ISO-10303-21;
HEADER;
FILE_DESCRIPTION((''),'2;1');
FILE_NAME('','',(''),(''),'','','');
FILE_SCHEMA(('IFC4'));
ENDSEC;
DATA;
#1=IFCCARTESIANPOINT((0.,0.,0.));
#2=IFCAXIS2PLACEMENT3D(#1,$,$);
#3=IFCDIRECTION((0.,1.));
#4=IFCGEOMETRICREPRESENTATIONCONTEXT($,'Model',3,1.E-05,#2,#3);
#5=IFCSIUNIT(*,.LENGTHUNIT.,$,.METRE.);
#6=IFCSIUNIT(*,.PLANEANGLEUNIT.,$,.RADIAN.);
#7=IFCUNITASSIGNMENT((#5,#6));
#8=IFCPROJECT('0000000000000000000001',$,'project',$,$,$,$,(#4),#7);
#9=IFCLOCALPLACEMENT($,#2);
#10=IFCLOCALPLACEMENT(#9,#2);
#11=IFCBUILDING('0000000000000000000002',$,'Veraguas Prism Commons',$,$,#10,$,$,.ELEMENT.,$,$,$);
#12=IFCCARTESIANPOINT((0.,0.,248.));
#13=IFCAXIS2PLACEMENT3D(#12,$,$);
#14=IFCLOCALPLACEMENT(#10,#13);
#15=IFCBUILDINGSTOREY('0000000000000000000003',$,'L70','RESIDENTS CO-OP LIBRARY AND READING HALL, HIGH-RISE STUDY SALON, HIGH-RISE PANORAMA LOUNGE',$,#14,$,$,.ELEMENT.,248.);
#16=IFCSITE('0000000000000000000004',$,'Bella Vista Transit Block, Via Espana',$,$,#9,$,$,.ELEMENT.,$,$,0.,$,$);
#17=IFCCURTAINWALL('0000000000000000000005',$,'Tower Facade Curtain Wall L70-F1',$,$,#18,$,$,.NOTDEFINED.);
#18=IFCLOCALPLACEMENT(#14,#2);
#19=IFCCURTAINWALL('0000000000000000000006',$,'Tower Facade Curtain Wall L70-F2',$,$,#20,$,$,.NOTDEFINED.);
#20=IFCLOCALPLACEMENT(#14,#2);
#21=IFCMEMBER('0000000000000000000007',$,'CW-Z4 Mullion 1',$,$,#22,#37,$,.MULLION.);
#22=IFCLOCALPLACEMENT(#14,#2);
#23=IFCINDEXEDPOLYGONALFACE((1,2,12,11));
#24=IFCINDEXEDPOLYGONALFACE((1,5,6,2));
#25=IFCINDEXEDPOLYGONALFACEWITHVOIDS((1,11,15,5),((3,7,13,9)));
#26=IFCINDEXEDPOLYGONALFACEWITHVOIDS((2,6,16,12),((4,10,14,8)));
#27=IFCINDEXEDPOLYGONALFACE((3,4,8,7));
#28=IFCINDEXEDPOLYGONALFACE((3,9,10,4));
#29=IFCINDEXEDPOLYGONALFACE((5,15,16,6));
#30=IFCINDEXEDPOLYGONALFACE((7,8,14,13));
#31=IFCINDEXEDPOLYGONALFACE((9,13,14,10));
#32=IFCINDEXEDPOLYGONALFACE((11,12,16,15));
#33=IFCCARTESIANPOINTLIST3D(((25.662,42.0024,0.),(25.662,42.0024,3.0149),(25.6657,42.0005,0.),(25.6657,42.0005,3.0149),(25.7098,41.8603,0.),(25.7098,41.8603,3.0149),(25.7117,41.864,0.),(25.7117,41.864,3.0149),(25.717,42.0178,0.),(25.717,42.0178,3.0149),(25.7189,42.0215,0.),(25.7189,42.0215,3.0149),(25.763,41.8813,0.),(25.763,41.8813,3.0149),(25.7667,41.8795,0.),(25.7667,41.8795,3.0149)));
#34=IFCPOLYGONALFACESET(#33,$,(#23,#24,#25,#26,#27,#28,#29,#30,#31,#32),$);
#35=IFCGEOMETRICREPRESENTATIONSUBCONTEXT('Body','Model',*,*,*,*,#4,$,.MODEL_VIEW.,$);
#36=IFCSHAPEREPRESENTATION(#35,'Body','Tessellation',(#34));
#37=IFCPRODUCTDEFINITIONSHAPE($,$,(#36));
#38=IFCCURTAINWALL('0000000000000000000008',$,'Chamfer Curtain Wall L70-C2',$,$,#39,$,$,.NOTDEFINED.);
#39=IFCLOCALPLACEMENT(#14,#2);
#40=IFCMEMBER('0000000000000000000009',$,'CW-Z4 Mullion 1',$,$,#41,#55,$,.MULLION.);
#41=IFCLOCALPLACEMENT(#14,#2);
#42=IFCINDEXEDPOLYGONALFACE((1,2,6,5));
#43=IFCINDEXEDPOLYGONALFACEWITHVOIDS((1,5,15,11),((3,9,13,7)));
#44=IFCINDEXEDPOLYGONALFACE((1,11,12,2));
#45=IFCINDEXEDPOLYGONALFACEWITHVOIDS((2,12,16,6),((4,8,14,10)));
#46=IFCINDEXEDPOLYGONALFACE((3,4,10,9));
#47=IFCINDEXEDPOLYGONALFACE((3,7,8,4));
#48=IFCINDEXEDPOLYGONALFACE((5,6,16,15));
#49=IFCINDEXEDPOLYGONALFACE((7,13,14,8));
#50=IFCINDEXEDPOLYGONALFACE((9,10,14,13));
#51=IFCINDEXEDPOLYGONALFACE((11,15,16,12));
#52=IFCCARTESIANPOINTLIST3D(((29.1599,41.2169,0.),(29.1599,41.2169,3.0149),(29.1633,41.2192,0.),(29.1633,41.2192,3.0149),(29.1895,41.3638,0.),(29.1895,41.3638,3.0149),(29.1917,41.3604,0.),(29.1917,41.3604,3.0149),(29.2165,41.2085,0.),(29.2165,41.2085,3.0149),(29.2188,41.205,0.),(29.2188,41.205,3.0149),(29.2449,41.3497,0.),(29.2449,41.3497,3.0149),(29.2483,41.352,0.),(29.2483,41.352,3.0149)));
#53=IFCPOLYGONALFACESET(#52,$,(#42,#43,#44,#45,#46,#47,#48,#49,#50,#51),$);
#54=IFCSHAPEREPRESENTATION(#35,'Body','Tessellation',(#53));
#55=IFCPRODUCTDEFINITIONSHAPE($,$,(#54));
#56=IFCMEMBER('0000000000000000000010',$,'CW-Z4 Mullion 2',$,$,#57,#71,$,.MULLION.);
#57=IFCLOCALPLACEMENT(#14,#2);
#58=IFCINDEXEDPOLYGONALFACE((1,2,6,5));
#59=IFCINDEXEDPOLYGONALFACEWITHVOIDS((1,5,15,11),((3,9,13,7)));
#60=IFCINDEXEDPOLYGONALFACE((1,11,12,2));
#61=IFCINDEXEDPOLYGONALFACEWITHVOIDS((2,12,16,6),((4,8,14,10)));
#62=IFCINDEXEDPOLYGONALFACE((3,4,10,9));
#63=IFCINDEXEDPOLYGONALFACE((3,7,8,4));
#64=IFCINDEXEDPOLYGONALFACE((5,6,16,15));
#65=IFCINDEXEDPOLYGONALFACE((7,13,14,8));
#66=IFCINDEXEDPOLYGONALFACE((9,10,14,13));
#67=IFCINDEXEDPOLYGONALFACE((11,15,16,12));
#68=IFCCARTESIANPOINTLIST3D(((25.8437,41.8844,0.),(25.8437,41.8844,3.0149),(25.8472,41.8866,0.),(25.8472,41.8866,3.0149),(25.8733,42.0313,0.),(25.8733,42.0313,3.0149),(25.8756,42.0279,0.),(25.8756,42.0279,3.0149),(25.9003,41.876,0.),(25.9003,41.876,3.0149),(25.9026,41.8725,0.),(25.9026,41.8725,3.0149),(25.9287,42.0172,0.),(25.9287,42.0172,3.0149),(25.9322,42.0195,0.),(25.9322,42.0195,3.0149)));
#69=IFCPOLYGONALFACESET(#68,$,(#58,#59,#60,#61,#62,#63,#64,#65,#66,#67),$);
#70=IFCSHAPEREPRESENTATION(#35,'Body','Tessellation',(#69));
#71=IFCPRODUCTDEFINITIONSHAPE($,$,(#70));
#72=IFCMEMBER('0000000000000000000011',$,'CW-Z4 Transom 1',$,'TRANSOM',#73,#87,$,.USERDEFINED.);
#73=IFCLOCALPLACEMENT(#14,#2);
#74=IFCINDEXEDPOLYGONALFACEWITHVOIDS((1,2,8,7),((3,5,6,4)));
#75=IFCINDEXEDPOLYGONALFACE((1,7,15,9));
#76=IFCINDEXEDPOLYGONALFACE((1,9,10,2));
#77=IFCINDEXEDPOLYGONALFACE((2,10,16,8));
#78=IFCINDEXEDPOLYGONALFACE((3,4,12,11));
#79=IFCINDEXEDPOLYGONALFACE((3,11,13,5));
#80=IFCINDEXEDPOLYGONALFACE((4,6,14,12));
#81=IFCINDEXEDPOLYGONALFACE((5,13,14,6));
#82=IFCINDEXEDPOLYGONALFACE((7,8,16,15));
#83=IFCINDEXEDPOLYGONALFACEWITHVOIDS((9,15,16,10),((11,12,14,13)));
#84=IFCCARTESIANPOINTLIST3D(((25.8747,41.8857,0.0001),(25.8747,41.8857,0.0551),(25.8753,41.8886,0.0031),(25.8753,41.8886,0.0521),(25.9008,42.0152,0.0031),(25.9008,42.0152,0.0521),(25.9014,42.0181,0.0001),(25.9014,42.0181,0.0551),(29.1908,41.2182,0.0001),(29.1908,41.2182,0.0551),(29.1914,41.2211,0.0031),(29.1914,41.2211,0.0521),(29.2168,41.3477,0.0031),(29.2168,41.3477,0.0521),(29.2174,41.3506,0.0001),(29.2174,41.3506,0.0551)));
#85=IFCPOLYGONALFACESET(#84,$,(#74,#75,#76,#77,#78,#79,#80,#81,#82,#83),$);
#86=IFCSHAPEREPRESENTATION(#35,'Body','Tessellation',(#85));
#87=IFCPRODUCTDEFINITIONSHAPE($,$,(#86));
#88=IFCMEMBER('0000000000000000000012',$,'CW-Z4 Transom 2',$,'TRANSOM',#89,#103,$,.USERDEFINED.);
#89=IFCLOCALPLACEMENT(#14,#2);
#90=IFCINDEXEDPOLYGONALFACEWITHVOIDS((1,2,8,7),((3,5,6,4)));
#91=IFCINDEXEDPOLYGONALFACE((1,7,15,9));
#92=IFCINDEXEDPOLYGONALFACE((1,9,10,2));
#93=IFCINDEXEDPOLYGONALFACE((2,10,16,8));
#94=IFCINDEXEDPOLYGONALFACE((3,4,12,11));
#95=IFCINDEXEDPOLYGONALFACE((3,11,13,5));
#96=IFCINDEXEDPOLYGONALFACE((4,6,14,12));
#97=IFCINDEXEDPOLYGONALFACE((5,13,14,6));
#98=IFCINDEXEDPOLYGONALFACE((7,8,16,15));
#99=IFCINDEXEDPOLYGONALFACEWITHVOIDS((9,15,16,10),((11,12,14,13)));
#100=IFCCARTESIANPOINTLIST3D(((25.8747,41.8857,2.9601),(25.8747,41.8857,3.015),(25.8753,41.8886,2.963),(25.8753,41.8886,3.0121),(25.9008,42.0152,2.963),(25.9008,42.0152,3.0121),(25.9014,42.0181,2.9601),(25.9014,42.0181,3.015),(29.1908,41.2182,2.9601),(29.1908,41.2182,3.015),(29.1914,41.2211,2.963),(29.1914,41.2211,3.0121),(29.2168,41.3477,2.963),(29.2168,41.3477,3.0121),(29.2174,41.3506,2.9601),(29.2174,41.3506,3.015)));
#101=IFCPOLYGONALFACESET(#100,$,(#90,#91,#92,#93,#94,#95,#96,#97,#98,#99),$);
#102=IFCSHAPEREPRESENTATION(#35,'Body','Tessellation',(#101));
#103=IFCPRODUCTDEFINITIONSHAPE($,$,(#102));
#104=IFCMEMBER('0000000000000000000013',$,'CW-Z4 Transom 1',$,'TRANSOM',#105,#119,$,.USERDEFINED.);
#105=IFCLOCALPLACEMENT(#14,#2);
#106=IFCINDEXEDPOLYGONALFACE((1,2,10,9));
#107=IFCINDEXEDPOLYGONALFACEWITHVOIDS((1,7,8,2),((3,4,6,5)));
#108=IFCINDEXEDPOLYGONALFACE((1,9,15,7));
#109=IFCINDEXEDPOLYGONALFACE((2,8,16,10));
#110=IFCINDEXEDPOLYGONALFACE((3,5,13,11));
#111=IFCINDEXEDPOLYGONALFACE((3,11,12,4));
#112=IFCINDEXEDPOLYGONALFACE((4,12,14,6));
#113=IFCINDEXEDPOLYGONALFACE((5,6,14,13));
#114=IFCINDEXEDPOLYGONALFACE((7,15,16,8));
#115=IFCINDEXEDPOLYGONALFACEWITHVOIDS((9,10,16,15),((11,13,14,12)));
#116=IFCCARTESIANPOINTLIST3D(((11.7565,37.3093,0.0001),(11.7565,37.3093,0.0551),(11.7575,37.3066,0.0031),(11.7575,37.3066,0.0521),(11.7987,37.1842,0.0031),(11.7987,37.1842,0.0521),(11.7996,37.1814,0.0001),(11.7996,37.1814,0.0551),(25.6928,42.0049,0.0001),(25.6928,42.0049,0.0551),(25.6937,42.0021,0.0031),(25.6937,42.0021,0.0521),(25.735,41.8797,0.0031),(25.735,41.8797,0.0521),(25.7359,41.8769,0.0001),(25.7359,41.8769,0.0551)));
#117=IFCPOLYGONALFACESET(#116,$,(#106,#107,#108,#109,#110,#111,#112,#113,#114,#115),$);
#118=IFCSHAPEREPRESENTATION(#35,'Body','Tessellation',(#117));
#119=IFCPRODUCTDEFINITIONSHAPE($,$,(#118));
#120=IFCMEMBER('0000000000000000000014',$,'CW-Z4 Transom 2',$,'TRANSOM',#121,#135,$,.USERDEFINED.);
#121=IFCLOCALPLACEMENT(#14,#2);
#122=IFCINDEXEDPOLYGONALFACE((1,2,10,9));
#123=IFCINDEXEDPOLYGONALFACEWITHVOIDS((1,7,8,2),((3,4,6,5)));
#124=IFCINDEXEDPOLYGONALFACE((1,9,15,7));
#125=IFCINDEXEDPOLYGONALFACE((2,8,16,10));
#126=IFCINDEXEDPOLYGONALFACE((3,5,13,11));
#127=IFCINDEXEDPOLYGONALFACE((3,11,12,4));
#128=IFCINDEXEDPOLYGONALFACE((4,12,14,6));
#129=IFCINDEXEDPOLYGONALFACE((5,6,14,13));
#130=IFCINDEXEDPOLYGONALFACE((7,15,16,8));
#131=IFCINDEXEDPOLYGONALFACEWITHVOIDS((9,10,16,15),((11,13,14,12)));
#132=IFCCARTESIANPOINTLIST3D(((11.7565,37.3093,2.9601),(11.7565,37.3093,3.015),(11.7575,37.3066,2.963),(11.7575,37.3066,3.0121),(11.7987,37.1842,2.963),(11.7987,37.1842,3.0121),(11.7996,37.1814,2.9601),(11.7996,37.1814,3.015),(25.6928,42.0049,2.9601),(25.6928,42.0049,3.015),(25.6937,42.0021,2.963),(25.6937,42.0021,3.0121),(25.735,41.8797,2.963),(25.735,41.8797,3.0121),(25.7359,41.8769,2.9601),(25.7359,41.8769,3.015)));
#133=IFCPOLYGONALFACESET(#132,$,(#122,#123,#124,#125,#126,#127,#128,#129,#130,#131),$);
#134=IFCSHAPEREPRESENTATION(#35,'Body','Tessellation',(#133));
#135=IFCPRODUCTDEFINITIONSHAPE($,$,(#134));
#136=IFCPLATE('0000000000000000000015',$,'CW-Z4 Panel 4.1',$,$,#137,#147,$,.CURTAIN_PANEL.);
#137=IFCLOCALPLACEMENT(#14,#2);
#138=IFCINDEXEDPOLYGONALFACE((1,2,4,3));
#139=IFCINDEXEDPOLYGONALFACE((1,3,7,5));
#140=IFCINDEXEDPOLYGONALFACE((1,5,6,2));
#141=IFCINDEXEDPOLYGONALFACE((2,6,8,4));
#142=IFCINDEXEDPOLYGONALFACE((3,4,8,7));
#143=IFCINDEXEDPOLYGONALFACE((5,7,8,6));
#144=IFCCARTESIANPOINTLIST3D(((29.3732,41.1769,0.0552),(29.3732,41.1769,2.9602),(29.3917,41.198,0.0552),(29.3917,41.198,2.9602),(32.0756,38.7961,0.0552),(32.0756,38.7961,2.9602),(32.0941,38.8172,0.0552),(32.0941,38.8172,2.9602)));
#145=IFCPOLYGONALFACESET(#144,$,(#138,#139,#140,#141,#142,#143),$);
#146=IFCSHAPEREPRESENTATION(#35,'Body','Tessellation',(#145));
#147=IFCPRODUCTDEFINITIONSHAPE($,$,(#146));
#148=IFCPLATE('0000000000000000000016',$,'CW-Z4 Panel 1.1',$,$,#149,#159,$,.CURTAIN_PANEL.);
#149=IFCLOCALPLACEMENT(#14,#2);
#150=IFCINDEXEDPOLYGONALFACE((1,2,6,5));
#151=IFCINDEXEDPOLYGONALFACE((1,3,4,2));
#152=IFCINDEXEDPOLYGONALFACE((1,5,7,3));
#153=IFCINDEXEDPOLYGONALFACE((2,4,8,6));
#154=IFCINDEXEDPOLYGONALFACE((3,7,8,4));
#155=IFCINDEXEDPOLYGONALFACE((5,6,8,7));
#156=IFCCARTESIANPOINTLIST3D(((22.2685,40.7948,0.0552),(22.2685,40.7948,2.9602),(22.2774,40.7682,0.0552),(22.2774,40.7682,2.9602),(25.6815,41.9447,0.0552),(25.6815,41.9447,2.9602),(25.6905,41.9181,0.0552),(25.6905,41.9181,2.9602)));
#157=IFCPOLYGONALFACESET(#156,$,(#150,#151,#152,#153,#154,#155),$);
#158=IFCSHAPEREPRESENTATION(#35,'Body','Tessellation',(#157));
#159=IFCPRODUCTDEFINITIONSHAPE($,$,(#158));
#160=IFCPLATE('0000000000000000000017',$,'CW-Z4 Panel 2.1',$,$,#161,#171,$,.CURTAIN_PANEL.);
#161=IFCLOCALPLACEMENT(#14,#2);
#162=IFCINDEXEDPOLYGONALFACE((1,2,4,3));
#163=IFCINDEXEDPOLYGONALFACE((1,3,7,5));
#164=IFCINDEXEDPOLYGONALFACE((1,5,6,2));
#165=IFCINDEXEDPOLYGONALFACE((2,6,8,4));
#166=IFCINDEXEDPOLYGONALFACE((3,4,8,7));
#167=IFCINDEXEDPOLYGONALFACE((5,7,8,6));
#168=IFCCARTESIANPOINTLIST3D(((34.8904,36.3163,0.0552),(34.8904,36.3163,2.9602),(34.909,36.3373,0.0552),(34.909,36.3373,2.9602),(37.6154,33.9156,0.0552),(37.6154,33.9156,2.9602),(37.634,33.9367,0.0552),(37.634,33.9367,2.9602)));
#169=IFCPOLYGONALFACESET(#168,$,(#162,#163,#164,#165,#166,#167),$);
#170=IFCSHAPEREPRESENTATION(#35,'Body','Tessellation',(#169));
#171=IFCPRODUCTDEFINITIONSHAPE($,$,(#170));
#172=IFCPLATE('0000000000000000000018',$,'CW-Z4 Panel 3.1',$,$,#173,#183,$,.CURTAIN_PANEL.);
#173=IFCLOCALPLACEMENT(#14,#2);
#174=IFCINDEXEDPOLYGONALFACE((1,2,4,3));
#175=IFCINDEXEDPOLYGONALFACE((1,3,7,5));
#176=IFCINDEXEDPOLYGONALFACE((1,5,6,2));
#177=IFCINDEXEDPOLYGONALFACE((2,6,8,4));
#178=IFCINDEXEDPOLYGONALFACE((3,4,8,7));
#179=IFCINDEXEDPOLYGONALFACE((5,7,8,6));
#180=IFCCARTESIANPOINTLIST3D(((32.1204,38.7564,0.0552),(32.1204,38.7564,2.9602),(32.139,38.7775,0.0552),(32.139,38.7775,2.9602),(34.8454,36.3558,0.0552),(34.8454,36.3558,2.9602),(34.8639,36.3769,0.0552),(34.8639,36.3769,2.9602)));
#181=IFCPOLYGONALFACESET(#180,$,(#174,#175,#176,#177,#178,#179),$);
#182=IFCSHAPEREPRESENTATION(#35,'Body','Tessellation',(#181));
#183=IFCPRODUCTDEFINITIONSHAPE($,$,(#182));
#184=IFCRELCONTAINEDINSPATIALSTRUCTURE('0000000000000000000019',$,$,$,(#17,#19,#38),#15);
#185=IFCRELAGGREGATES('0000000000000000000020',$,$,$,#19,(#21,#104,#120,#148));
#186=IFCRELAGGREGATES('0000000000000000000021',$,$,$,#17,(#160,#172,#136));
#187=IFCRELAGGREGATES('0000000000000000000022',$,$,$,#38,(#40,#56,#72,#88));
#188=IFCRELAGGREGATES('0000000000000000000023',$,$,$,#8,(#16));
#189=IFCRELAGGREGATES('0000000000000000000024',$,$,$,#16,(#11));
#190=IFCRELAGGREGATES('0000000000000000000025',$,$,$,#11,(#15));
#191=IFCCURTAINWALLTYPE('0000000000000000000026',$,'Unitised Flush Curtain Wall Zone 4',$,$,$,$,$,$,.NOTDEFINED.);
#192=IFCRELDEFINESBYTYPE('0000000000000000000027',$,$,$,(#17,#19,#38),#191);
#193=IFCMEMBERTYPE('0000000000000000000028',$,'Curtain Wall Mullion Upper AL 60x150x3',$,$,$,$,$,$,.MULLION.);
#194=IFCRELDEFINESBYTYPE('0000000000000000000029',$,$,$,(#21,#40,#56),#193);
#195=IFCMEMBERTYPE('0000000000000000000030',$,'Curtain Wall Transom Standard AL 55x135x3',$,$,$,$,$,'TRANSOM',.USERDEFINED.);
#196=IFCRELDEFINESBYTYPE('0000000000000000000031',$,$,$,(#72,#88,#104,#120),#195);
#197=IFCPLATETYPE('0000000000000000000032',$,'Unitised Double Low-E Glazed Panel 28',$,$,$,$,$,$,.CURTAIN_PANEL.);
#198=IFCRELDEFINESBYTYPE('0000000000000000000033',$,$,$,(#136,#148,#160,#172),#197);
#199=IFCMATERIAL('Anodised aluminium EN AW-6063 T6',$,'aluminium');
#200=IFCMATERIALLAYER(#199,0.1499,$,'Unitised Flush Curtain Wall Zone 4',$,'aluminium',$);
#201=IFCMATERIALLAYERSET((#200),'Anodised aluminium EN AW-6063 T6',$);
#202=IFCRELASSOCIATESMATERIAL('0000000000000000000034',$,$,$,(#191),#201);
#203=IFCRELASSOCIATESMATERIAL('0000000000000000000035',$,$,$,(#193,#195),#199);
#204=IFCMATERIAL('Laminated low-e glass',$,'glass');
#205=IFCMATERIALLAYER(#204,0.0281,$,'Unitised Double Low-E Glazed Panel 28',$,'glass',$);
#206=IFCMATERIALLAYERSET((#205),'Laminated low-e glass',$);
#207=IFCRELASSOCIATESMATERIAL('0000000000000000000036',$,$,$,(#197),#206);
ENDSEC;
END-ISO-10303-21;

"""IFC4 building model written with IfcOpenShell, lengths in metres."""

from ifc_helpers import new_model, si_unit, direction, frame, origin, origin_2d, place, context, subcontext, project, spatial, rectangle, hollow_rectangle, extrude, source, transform, mapped, material, layer, layer_set, material_profile, profile_set, type_object, element, aggregate, save


model = new_model("IFC4")

# Units and contexts
model_context = context("Model", 3, precision=1e-05, world=origin(), true_north=direction((0.0, 1.0)))
body_context = subcontext(model_context, "Body", "Model", "MODEL_VIEW")
ifc_project = project(units=[si_unit("LENGTHUNIT", "METRE"), si_unit("PLANEANGLEUNIT", "RADIAN")], contexts=[model_context])

# Site, building, storey
site_placement = place(None, origin())
site = spatial("IfcSite", under=ifc_project, at=site_placement, Name="Bella Vista Transit Block, Via Espana", CompositionType="ELEMENT", RefElevation=0.0)
building_placement = place(site_placement, origin())
building = spatial("IfcBuilding", under=site, at=building_placement, Name="Veraguas Prism Commons", CompositionType="ELEMENT")
storey_placement = place(building_placement, frame((0.0, 0.0, 248.0)))
storey = spatial("IfcBuildingStorey", under=building, at=storey_placement, Name="L70", Description="RESIDENTS CO-OP LIBRARY AND READING HALL, HIGH-RISE STUDY SALON, HIGH-RISE PANORAMA LOUNGE", CompositionType="ELEMENT", Elevation=248.0)

# Curtain wall
ifc_material_1 = material(Name="Anodised aluminium EN AW-6063 T6", Category="aluminium")
ifc_layer_1 = layer(ifc_material_1, 0.1499, Name="Unitised Flush Curtain Wall Zone 4", Category="aluminium")
ifc_layer_set_1 = layer_set([ifc_layer_1], Name="Anodised aluminium EN AW-6063 T6")
curtain_wall_type = type_object("IfcCurtainWallType", Name="Unitised Flush Curtain Wall Zone 4", PredefinedType="NOTDEFINED", material=ifc_layer_set_1)
curtain_wall_1_placement = place(storey_placement, origin())
curtain_wall_1 = element("IfcCurtainWall", 1, at=curtain_wall_1_placement, inside=storey, type_object=curtain_wall_type, Name="Tower Facade Curtain Wall L70-F1", PredefinedType="NOTDEFINED")
ifc_material_profile_1 = material_profile(ifc_material_1, hollow_rectangle(XDim=0.0601, YDim=0.1499, WallThickness=0.0029, at=origin_2d()), Name="AL60X150X3")
ifc_profile_set_1 = profile_set([ifc_material_profile_1], Name="Anodised aluminium EN AW-6063 T6")
member_type_1 = type_object("IfcMemberType", Name="Curtain Wall Mullion Upper AL 60x150x3", PredefinedType="MULLION", material=ifc_profile_set_1)
shared_shape_1 = source(origin(), body_context, "Body", "SweptSolid", [
    extrude(hollow_rectangle(XDim=0.0601, YDim=0.1499, WallThickness=0.0029, at=origin_2d()), origin(), (0.0, 0.0, 1.0), 3.0149),
])

# Curtain wall, member
curtain_wall_2_placement = place(storey_placement, origin())
curtain_wall_2 = element("IfcCurtainWall", 2, at=curtain_wall_2_placement, inside=storey, type_object=curtain_wall_type, Name="Tower Facade Curtain Wall L70-F2", PredefinedType="NOTDEFINED")
member_1_placement = place(storey_placement, frame((25.7144, 41.9409, 0.0), z_axis=(0.0, 0.0, 1.0), x_axis=(-0.947659, -0.319284, 0.0)))
member_1 = element("IfcMember", 3, at=member_1_placement, type_object=member_type_1, Name="CW-Z4 Mullion 1", PredefinedType="MULLION", context=body_context, shape_type="MappedRepresentation", body=[
    mapped(shared_shape_1, transform((0.0, 0.0, 0.0), scale=1.0)),
])

# Curtain wall, members
curtain_wall_3_placement = place(storey_placement, origin())
curtain_wall_3 = element("IfcCurtainWall", 4, at=curtain_wall_3_placement, inside=storey, type_object=curtain_wall_type, Name="Chamfer Curtain Wall L70-C2", PredefinedType="NOTDEFINED")
member_2_placement = place(storey_placement, frame((29.2041, 41.2844, 0.0), z_axis=(0.0, 0.0, 1.0), x_axis=(-0.980339, 0.197322, 0.0)))
member_2 = element("IfcMember", 5, at=member_2_placement, type_object=member_type_1, Name="CW-Z4 Mullion 1", PredefinedType="MULLION", context=body_context, shape_type="MappedRepresentation", body=[
    mapped(shared_shape_1, transform((0.0, 0.0, 0.0), scale=1.0)),
])
member_3_placement = place(storey_placement, frame((25.8879, 41.9519, 0.0), z_axis=(0.0, 0.0, 1.0), x_axis=(-0.980339, 0.197322, 0.0)))
member_3 = element("IfcMember", 6, at=member_3_placement, type_object=member_type_1, Name="CW-Z4 Mullion 2", PredefinedType="MULLION", context=body_context, shape_type="MappedRepresentation", body=[
    mapped(shared_shape_1, transform((0.0, 0.0, 0.0), scale=1.0)),
])
ifc_material_profile_2 = material_profile(ifc_material_1, hollow_rectangle(XDim=0.0549, YDim=0.135, WallThickness=0.0029, at=origin_2d()), Name="AL55X135X3")
ifc_profile_set_2 = profile_set([ifc_material_profile_2], Name="Anodised aluminium EN AW-6063 T6")
member_type_2 = type_object("IfcMemberType", Name="Curtain Wall Transom Standard AL 55x135x3", ElementType="TRANSOM", PredefinedType="USERDEFINED", material=ifc_profile_set_2)
shared_shape_2 = source(origin(), body_context, "Body", "SweptSolid", [
    extrude(hollow_rectangle(XDim=0.0549, YDim=0.135, WallThickness=0.0029, at=origin_2d()), origin(), (0.0, 0.0, 1.0), 3.3826),
])
member_4_placement = place(storey_placement, frame((29.2041, 41.2844, 0.0276), z_axis=(-0.980338, 0.197324, 0.0), x_axis=(0.0, 0.0, 1.0)))
member_4 = element("IfcMember", 7, at=member_4_placement, type_object=member_type_2, Name="CW-Z4 Transom 1", ObjectType="TRANSOM", PredefinedType="USERDEFINED", context=body_context, shape_type="MappedRepresentation", body=[
    mapped(shared_shape_2, transform((0.0, 0.0, 0.0), scale=1.0)),
])
member_5_placement = place(storey_placement, frame((29.2041, 41.2844, 2.9875), z_axis=(-0.980338, 0.197324, 0.0), x_axis=(0.0, 0.0, 1.0)))
member_5 = element("IfcMember", 8, at=member_5_placement, type_object=member_type_2, Name="CW-Z4 Transom 2", ObjectType="TRANSOM", PredefinedType="USERDEFINED", context=body_context, shape_type="MappedRepresentation", body=[
    mapped(shared_shape_2, transform((0.0, 0.0, 0.0), scale=1.0)),
])

# Members
shared_shape_3 = source(origin(), body_context, "Body", "SweptSolid", [
    extrude(hollow_rectangle(XDim=0.0549, YDim=0.135, WallThickness=0.0029, at=origin_2d()), origin(), (0.0, 0.0, 1.0), 14.7061),
])
member_6_placement = place(storey_placement, frame((25.7144, 41.9409, 0.0276), z_axis=(-0.947656, -0.319294, 0.0), x_axis=(0.0, 0.0, 1.0)))
member_6 = element("IfcMember", 9, at=member_6_placement, type_object=member_type_2, Name="CW-Z4 Transom 1", ObjectType="TRANSOM", PredefinedType="USERDEFINED", context=body_context, shape_type="MappedRepresentation", body=[
    mapped(shared_shape_3, transform((0.0, 0.0, 0.0), scale=1.0)),
])
member_7_placement = place(storey_placement, frame((25.7144, 41.9409, 2.9875), z_axis=(-0.947656, -0.319294, 0.0), x_axis=(0.0, 0.0, 1.0)))
member_7 = element("IfcMember", 10, at=member_7_placement, type_object=member_type_2, Name="CW-Z4 Transom 2", ObjectType="TRANSOM", PredefinedType="USERDEFINED", context=body_context, shape_type="MappedRepresentation", body=[
    mapped(shared_shape_3, transform((0.0, 0.0, 0.0), scale=1.0)),
])

# Plates
ifc_material_2 = material(Name="Laminated low-e glass", Category="glass")
ifc_layer_2 = layer(ifc_material_2, 0.0281, Name="Unitised Double Low-E Glazed Panel 28", Category="glass")
ifc_layer_set_2 = layer_set([ifc_layer_2], Name="Laminated low-e glass")
plate_type = type_object("IfcPlateType", Name="Unitised Double Low-E Glazed Panel 28", PredefinedType="CURTAIN_PANEL", material=ifc_layer_set_2)
shared_shape_4 = source(origin(), body_context, "Body", "SweptSolid", [
    extrude(rectangle(XDim=3.6016, YDim=0.0281, at=origin_2d()), origin(), (0.0, 0.0, 1.0), 2.905),
])
plate_1_placement = place(storey_placement, frame((30.7336, 39.9971, 0.0552), z_axis=(0.0, 0.0, 1.0), x_axis=(-0.750348, 0.661043, 0.0)))
plate_1 = element("IfcPlate", 11, at=plate_1_placement, type_object=plate_type, Name="CW-Z4 Panel 4.1", PredefinedType="CURTAIN_PANEL", context=body_context, shape_type="MappedRepresentation", body=[
    mapped(shared_shape_4, transform((0.0, 0.0, 0.0), scale=1.0)),
])
plate_2_placement = place(storey_placement, frame((23.9795, 41.3564, 0.0552), z_axis=(0.0, 0.0, 1.0), x_axis=(-0.947659, -0.319284, 0.0)))
plate_2 = element("IfcPlate", 12, at=plate_2_placement, type_object=plate_type, Name="CW-Z4 Panel 1.1", PredefinedType="CURTAIN_PANEL", context=body_context, shape_type="MappedRepresentation", body=[
    mapped(shared_shape_4, transform((0.0, 0.0, 0.0), scale=1.0)),
])
aggregate(curtain_wall_2, [member_1, member_6, member_7, plate_2])
shared_shape_5 = source(origin(), body_context, "Body", "SweptSolid", [
    extrude(rectangle(XDim=3.6316, YDim=0.0281, at=origin_2d()), origin(), (0.0, 0.0, 1.0), 2.905),
])
plate_3_placement = place(storey_placement, frame((36.2622, 35.1265, 0.0552), z_axis=(0.0, 0.0, 1.0), x_axis=(-0.750348, 0.661043, 0.0)))
plate_3 = element("IfcPlate", 13, at=plate_3_placement, type_object=plate_type, Name="CW-Z4 Panel 2.1", PredefinedType="CURTAIN_PANEL", context=body_context, shape_type="MappedRepresentation", body=[
    mapped(shared_shape_5, transform((0.0, 0.0, 0.0), scale=1.0)),
])
plate_4_placement = place(storey_placement, frame((33.4922, 37.5667, 0.0552), z_axis=(0.0, 0.0, 1.0), x_axis=(-0.750348, 0.661043, 0.0)))
plate_4 = element("IfcPlate", 14, at=plate_4_placement, type_object=plate_type, Name="CW-Z4 Panel 3.1", PredefinedType="CURTAIN_PANEL", context=body_context, shape_type="MappedRepresentation", body=[
    mapped(shared_shape_5, transform((0.0, 0.0, 0.0), scale=1.0)),
])
aggregate(curtain_wall_1, [plate_3, plate_4, plate_1])
aggregate(curtain_wall_3, [member_2, member_3, member_4, member_5])

save(model, "model.ifc")
